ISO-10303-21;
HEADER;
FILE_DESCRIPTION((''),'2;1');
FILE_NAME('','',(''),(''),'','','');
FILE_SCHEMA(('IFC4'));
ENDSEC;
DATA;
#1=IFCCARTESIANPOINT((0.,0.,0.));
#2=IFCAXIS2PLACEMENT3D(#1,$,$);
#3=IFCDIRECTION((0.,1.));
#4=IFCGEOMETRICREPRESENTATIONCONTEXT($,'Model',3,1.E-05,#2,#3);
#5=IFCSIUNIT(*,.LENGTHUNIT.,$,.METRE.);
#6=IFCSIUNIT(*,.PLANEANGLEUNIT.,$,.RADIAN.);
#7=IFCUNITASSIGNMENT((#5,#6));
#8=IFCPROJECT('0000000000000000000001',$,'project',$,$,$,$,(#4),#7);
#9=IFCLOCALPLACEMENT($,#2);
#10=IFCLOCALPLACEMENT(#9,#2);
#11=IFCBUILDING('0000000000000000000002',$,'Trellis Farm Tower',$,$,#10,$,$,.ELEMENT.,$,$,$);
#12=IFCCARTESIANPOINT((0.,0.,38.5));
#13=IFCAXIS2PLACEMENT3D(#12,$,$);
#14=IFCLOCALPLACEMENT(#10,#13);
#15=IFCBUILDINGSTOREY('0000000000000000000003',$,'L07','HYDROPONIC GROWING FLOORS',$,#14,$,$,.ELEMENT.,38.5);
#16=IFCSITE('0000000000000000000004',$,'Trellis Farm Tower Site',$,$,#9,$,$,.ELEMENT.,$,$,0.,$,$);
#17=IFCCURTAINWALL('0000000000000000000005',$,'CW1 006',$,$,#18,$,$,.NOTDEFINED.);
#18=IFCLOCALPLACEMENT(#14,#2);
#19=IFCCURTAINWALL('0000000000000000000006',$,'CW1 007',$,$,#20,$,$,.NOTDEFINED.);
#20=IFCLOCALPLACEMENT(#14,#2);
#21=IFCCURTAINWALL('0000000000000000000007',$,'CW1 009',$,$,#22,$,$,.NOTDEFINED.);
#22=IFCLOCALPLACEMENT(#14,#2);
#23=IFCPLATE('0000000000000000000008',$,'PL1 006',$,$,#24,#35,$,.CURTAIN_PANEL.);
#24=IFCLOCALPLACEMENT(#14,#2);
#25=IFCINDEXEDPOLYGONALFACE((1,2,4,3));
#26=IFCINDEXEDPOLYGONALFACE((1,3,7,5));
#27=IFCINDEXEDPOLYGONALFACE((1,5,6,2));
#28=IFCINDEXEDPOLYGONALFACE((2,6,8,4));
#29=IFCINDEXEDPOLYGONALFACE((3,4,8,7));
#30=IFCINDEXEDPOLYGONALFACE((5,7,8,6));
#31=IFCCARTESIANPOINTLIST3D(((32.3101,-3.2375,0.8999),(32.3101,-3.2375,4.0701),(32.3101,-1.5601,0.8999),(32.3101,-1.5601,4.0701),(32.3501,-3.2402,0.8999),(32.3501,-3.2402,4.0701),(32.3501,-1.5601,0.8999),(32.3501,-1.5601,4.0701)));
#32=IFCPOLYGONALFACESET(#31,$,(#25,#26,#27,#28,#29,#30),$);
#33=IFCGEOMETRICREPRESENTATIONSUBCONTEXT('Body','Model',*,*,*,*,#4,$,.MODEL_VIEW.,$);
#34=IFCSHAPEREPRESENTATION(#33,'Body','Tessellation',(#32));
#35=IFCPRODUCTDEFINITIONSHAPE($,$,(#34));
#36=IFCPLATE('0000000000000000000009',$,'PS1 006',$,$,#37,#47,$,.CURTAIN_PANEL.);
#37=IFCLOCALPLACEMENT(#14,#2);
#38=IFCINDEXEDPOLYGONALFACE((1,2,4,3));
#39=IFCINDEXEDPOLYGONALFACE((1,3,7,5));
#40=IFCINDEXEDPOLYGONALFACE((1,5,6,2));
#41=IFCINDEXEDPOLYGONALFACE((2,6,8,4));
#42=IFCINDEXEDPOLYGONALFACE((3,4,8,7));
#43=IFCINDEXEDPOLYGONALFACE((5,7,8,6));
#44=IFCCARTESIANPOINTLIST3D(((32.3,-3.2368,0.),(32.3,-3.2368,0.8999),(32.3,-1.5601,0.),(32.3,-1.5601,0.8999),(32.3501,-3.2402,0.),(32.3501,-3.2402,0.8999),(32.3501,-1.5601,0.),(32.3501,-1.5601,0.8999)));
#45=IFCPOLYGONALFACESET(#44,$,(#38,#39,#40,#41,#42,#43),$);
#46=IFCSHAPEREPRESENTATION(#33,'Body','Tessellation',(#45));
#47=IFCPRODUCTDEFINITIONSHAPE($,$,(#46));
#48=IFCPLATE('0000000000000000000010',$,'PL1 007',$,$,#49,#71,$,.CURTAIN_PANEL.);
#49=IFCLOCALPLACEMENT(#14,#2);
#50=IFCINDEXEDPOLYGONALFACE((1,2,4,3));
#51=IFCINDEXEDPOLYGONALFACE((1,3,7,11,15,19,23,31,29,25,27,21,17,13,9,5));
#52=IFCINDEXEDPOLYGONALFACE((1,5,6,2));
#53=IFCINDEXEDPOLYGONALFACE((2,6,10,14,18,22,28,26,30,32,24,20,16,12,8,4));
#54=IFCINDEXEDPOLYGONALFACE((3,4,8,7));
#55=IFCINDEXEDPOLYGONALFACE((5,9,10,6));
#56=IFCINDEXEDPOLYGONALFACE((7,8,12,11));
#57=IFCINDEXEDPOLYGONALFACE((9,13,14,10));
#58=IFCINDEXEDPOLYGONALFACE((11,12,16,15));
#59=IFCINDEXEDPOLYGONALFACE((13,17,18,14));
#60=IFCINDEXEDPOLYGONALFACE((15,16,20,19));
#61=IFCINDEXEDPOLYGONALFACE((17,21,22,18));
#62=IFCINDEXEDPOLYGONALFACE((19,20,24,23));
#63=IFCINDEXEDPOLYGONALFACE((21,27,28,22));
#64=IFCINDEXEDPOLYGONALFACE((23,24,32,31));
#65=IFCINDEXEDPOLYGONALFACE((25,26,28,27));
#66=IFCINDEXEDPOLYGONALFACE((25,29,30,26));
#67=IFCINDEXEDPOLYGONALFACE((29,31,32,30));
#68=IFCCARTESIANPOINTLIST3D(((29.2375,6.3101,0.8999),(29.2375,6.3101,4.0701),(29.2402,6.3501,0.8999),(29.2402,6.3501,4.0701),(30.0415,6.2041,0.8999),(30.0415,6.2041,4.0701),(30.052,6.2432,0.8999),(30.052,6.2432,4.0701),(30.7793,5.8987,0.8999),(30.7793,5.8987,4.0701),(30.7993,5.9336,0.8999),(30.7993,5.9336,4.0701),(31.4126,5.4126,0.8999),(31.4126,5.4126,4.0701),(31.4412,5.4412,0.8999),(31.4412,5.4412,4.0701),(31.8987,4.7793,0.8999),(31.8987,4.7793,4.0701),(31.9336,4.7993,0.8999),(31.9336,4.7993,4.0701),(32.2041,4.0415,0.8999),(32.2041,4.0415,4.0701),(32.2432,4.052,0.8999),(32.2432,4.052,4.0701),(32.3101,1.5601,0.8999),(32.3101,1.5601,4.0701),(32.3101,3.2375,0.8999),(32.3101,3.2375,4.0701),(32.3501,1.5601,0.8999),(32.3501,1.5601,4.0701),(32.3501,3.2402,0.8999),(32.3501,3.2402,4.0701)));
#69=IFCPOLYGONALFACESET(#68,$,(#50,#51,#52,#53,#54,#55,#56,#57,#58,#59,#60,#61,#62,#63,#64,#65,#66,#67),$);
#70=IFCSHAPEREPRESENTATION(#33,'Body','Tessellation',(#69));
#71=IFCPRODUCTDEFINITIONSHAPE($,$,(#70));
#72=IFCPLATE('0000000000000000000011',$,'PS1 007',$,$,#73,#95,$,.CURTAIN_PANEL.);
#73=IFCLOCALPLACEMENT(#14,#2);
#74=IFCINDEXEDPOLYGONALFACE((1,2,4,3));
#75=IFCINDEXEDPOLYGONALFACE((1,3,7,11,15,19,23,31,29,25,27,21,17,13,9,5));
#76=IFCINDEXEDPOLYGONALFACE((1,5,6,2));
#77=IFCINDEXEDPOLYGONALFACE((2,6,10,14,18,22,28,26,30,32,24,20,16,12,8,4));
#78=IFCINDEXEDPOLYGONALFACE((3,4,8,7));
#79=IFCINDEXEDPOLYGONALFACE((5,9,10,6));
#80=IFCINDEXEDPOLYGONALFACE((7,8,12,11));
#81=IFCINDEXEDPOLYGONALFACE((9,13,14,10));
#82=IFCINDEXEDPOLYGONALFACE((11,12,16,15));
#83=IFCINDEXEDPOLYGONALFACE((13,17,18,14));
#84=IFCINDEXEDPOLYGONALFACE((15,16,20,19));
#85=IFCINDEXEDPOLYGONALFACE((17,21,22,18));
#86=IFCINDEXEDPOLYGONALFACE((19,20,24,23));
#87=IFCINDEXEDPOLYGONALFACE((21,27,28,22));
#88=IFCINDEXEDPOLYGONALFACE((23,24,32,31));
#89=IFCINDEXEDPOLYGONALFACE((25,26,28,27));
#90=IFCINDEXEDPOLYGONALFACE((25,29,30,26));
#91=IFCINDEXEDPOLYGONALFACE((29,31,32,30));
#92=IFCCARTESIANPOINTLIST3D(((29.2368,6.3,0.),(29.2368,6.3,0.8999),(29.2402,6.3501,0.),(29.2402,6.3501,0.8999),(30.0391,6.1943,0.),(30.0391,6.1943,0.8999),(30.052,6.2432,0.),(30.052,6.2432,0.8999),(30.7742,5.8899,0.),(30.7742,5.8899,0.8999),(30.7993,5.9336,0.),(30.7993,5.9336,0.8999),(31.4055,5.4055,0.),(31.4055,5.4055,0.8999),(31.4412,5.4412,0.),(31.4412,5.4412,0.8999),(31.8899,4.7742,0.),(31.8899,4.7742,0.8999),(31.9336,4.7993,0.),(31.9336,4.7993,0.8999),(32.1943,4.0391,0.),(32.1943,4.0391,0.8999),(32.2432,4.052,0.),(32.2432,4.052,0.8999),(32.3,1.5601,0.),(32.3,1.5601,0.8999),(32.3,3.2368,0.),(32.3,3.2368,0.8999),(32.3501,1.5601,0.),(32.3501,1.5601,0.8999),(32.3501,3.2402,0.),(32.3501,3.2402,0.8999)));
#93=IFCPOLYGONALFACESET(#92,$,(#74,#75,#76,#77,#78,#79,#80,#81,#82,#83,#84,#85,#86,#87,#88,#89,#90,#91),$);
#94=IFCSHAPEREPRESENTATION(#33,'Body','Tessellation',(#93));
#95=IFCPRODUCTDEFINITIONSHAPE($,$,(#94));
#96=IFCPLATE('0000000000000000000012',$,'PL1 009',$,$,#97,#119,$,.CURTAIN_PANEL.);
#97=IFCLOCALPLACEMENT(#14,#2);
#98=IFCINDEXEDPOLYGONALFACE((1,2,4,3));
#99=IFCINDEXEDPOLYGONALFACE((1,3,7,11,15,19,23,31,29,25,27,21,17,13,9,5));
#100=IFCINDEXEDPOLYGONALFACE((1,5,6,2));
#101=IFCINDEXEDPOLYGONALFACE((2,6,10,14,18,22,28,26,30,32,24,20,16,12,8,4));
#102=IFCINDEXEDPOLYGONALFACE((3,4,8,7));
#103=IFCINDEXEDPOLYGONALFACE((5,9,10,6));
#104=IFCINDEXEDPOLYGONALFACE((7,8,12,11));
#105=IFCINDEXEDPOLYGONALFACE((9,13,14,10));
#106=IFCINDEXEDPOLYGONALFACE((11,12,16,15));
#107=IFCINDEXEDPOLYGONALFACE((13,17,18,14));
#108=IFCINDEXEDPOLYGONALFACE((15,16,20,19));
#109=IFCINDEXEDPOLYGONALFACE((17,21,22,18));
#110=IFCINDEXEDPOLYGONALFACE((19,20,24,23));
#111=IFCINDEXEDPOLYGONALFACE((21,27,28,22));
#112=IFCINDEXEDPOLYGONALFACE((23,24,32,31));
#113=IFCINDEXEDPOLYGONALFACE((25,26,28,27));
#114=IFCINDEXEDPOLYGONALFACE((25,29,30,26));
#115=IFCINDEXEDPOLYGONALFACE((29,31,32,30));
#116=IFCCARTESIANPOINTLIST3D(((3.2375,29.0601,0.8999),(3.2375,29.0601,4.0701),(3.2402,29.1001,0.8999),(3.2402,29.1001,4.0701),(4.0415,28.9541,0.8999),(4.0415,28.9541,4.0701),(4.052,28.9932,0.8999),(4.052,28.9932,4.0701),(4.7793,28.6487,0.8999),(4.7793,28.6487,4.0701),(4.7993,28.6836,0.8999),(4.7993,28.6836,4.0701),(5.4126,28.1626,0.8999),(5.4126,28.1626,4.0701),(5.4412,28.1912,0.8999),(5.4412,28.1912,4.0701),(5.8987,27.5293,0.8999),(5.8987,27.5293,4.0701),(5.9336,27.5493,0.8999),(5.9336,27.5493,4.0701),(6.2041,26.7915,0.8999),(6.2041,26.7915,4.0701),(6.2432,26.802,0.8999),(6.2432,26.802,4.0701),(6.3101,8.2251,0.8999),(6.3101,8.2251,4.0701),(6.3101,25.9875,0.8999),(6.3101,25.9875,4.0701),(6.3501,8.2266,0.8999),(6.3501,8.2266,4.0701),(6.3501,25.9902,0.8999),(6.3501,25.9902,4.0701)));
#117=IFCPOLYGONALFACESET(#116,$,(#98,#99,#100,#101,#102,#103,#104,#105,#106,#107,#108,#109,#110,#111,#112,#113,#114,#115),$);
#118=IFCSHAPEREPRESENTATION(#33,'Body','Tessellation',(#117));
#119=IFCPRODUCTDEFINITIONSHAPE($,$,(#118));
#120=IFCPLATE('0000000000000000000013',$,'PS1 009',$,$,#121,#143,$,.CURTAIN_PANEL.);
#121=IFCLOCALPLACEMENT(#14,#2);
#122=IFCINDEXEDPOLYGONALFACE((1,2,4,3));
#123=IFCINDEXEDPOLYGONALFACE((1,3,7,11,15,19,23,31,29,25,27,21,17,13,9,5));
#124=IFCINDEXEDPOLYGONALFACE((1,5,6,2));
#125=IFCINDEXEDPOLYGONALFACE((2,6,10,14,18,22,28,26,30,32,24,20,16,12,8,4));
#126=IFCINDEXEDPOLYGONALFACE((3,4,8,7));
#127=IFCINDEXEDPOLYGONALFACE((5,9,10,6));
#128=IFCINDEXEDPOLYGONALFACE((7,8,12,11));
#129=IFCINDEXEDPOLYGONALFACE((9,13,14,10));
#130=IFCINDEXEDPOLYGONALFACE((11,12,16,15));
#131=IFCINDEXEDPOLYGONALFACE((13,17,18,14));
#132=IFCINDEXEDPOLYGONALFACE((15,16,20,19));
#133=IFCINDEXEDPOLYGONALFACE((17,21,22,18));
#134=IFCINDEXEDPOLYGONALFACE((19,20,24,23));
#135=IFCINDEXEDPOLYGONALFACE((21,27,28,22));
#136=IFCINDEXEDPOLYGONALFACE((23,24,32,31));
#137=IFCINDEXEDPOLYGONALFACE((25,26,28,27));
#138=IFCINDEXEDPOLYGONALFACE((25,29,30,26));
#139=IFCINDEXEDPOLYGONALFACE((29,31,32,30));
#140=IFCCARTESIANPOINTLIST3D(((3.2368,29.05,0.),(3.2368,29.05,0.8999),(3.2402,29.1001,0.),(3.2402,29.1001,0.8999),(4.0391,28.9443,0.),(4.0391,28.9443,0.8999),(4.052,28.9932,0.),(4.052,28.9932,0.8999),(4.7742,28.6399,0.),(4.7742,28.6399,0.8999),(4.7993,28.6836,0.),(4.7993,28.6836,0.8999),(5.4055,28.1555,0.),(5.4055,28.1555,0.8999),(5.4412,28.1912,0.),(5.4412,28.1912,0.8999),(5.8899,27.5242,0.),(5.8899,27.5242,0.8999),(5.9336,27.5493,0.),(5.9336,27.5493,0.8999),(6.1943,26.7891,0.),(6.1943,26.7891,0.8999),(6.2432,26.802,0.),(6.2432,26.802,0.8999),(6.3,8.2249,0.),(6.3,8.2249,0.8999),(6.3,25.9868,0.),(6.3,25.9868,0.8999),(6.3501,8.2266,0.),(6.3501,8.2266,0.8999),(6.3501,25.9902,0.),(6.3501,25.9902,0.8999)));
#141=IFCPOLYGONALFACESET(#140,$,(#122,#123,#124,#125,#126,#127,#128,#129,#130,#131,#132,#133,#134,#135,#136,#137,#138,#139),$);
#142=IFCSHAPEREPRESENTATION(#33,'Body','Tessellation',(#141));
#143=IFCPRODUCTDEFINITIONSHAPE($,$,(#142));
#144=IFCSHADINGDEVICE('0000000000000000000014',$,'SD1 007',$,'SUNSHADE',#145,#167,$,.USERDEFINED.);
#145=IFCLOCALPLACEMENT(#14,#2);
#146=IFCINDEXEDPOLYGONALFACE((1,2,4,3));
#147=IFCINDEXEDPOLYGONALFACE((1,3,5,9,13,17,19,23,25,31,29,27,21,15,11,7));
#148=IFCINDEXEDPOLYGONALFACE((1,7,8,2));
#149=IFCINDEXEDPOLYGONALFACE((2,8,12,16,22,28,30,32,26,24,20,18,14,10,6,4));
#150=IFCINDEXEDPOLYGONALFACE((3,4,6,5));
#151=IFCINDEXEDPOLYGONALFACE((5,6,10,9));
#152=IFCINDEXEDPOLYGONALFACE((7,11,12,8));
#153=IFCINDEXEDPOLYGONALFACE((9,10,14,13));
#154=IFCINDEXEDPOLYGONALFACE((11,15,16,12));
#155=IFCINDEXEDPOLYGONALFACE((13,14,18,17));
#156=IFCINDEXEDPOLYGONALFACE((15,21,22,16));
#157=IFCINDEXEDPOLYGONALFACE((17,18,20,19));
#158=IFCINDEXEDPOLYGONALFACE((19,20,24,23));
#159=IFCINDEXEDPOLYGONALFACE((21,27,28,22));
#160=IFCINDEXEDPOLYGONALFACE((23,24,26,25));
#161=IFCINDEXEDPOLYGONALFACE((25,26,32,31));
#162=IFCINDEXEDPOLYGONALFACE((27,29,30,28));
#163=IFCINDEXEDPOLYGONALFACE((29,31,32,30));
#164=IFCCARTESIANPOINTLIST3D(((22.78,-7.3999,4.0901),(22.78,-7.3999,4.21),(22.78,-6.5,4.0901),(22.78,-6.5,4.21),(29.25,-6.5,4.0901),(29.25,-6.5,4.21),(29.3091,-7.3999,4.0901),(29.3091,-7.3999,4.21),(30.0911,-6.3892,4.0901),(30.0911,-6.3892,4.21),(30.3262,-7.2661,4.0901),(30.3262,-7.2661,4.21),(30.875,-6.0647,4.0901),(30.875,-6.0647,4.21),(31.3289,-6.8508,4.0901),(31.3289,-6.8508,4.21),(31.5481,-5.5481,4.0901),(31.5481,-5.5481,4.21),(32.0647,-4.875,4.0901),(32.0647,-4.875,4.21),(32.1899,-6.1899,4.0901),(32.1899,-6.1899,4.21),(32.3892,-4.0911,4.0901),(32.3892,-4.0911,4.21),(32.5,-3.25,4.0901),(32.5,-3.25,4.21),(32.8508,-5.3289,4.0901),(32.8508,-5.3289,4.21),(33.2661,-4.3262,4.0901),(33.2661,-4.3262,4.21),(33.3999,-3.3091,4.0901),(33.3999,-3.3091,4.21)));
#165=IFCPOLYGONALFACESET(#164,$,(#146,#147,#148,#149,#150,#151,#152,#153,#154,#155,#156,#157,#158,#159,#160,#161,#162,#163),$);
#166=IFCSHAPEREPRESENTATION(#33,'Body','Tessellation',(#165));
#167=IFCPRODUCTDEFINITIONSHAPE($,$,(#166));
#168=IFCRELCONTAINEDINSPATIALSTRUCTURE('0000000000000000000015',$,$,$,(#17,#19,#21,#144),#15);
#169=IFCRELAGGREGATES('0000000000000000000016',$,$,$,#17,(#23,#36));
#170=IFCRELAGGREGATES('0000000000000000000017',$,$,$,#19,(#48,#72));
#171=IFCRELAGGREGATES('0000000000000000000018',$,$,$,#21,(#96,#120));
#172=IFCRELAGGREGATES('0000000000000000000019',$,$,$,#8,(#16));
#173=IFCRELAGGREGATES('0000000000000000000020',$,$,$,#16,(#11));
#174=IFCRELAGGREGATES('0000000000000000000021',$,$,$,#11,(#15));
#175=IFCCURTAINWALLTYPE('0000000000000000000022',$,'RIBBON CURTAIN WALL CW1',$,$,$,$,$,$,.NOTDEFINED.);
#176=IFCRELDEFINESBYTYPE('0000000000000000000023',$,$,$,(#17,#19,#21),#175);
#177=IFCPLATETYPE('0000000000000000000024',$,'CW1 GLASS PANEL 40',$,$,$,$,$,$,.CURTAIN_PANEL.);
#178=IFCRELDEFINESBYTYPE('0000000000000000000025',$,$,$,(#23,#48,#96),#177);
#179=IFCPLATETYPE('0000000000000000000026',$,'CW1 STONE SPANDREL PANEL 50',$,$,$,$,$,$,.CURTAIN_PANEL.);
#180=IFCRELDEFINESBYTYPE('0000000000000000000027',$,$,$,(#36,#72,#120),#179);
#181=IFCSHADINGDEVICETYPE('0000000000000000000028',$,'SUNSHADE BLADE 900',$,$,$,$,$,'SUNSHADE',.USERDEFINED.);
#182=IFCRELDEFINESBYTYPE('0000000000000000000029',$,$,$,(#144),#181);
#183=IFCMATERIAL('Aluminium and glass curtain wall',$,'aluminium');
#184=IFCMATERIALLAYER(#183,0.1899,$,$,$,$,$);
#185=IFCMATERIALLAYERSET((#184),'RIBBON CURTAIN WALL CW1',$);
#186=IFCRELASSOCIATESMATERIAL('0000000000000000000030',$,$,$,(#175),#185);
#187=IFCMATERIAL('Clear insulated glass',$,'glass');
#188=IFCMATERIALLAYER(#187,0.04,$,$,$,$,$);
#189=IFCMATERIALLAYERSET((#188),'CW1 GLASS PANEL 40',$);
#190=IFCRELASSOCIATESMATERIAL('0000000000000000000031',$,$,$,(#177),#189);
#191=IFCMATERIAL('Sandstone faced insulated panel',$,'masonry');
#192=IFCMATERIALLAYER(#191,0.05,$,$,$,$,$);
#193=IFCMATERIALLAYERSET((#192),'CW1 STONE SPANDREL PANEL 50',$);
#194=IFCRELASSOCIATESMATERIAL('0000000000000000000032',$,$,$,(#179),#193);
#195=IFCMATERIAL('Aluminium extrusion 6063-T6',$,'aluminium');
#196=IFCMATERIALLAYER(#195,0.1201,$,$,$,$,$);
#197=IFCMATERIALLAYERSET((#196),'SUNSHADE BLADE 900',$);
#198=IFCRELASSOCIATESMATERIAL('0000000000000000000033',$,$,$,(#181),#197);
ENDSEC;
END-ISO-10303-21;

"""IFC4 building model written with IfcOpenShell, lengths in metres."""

from ifc_helpers import new_model, si_unit, direction, frame, origin, place, context, subcontext, project, spatial, polyline, outline, extrude, source, transform, mapped, material, layer, layer_set, type_object, element, aggregate, save


model = new_model("IFC4")

# Units and contexts
model_context = context("Model", 3, precision=1e-05, world=origin(), true_north=direction((0.0, 1.0)))
body_context = subcontext(model_context, "Body", "Model", "MODEL_VIEW")
ifc_project = project(units=[si_unit("LENGTHUNIT", "METRE"), si_unit("PLANEANGLEUNIT", "RADIAN")], contexts=[model_context])

# Site, building, storey
site_placement = place(None, origin())
site = spatial("IfcSite", under=ifc_project, at=site_placement, Name="Trellis Farm Tower Site", CompositionType="ELEMENT", RefElevation=0.0)
building_placement = place(site_placement, origin())
building = spatial("IfcBuilding", under=site, at=building_placement, Name="Trellis Farm Tower", CompositionType="ELEMENT")
storey_placement = place(building_placement, frame((0.0, 0.0, 38.5)))
storey = spatial("IfcBuildingStorey", under=building, at=storey_placement, Name="L07", Description="HYDROPONIC GROWING FLOORS", CompositionType="ELEMENT", Elevation=38.5)

# Curtain walls
ifc_material_1 = material(Name="Aluminium and glass curtain wall", Category="aluminium")
ifc_layer_1 = layer(ifc_material_1, 0.1899)
ifc_layer_set_1 = layer_set([ifc_layer_1], Name="RIBBON CURTAIN WALL CW1")
curtain_wall_type_1 = type_object("IfcCurtainWallType", Name="RIBBON CURTAIN WALL CW1", PredefinedType="NOTDEFINED", material=ifc_layer_set_1)
placement_1 = place(storey_placement, origin())
ifc_material_2 = material(Name="Aluminium extrusion 6063-T6", Category="aluminium")
curtain_wall_1 = element("IfcCurtainWall", 1, at=placement_1, inside=storey, type_object=curtain_wall_type_1, Name="CW1 006", PredefinedType="NOTDEFINED")
curtain_wall_2 = element("IfcCurtainWall", 2, at=placement_1, inside=storey, type_object=curtain_wall_type_1, Name="CW1 007", PredefinedType="NOTDEFINED")
curtain_wall_3 = element("IfcCurtainWall", 3, at=placement_1, inside=storey, type_object=curtain_wall_type_1, Name="CW1 009", PredefinedType="NOTDEFINED")

# Plates
ifc_material_3 = material(Name="Clear insulated glass", Category="glass")
ifc_layer_2 = layer(ifc_material_3, 0.04)
ifc_layer_set_2 = layer_set([ifc_layer_2], Name="CW1 GLASS PANEL 40")
plate_type_1 = type_object("IfcPlateType", Name="CW1 GLASS PANEL 40", PredefinedType="CURTAIN_PANEL", material=ifc_layer_set_2)
placement_2 = place(storey_placement, frame((0.0, 0.0, 0.8999)))
ifc_material_4 = material(Name="Sandstone faced insulated panel", Category="masonry")
ifc_layer_3 = layer(ifc_material_4, 0.05)
ifc_layer_set_3 = layer_set([ifc_layer_3], Name="CW1 STONE SPANDREL PANEL 50")
plate_type_2 = type_object("IfcPlateType", Name="CW1 STONE SPANDREL PANEL 50", PredefinedType="CURTAIN_PANEL", material=ifc_layer_set_3)
shared_shape_1 = source(origin(), body_context, "Body", "SweptSolid", [
    extrude(outline(polyline([(32.3501, -3.2402), (32.3501, -1.5601), (32.3101, -1.5601), (32.3101, -3.2375), (32.3501, -3.2402)])), origin(), (0.0, 0.0, 1.0), 3.1702),
])
plate_1 = element("IfcPlate", 4, at=placement_2, type_object=plate_type_1, Name="PL1 006", PredefinedType="CURTAIN_PANEL", context=body_context, shape_type="MappedRepresentation", body=[
    mapped(shared_shape_1, transform((0.0, 0.0, 0.0))),
])
shared_shape_2 = source(origin(), body_context, "Body", "SweptSolid", [
    extrude(outline(polyline([(32.3501, -3.2402), (32.3501, -1.5601), (32.3, -1.5601), (32.3, -3.2368), (32.3501, -3.2402)])), origin(), (0.0, 0.0, 1.0), 0.8999),
])
plate_2 = element("IfcPlate", 5, at=placement_1, type_object=plate_type_2, Name="PS1 006", PredefinedType="CURTAIN_PANEL", context=body_context, shape_type="MappedRepresentation", body=[
    mapped(shared_shape_2, transform((0.0, 0.0, 0.0))),
])
aggregate(curtain_wall_1, [plate_1, plate_2])
shared_shape_3 = source(origin(), body_context, "Body", "SweptSolid", [
    extrude(outline(polyline([(32.3501, 1.5601), (32.3501, 3.2402), (32.2432, 4.052), (31.9336, 4.7993), (31.4412, 5.4412), (30.7993, 5.9336), (30.052, 6.2432), (29.2402, 6.3501), (29.2375, 6.3101), (30.0415, 6.2041), (30.7793, 5.8987), (31.4126, 5.4126), (31.8987, 4.7793), (32.2041, 4.0415), (32.3101, 3.2375), (32.3101, 1.5601), (32.3501, 1.5601)])), origin(), (0.0, 0.0, 1.0), 3.1702),
])
plate_3 = element("IfcPlate", 6, at=placement_2, type_object=plate_type_1, Name="PL1 007", PredefinedType="CURTAIN_PANEL", context=body_context, shape_type="MappedRepresentation", body=[
    mapped(shared_shape_3, transform((0.0, 0.0, 0.0))),
])
shared_shape_4 = source(origin(), body_context, "Body", "SweptSolid", [
    extrude(outline(polyline([(32.3501, 1.5601), (32.3501, 3.2402), (32.2432, 4.052), (31.9336, 4.7993), (31.4412, 5.4412), (30.7993, 5.9336), (30.052, 6.2432), (29.2402, 6.3501), (29.2368, 6.3), (30.0391, 6.1943), (30.7742, 5.8899), (31.4055, 5.4055), (31.8899, 4.7742), (32.1943, 4.0391), (32.3, 3.2368), (32.3, 1.5601), (32.3501, 1.5601)])), origin(), (0.0, 0.0, 1.0), 0.8999),
])
plate_4 = element("IfcPlate", 7, at=placement_1, type_object=plate_type_2, Name="PS1 007", PredefinedType="CURTAIN_PANEL", context=body_context, shape_type="MappedRepresentation", body=[
    mapped(shared_shape_4, transform((0.0, 0.0, 0.0))),
])
aggregate(curtain_wall_2, [plate_3, plate_4])
shared_shape_5 = source(origin(), body_context, "Body", "SweptSolid", [
    extrude(outline(polyline([(6.3501, 8.2266), (6.3501, 25.9902), (6.2432, 26.802), (5.9336, 27.5493), (5.4412, 28.1912), (4.7993, 28.6836), (4.052, 28.9932), (3.2402, 29.1001), (3.2375, 29.0601), (4.0415, 28.9541), (4.7793, 28.6487), (5.4126, 28.1626), (5.8987, 27.5293), (6.2041, 26.7915), (6.3101, 25.9875), (6.3101, 8.2251), (6.3501, 8.2266)])), origin(), (0.0, 0.0, 1.0), 3.1702),
])
plate_5 = element("IfcPlate", 8, at=placement_2, type_object=plate_type_1, Name="PL1 009", PredefinedType="CURTAIN_PANEL", context=body_context, shape_type="MappedRepresentation", body=[
    mapped(shared_shape_5, transform((0.0, 0.0, 0.0))),
])
shared_shape_6 = source(origin(), body_context, "Body", "SweptSolid", [
    extrude(outline(polyline([(6.3501, 8.2266), (6.3501, 25.9902), (6.2432, 26.802), (5.9336, 27.5493), (5.4412, 28.1912), (4.7993, 28.6836), (4.052, 28.9932), (3.2402, 29.1001), (3.2368, 29.05), (4.0391, 28.9443), (4.7742, 28.6399), (5.4055, 28.1555), (5.8899, 27.5242), (6.1943, 26.7891), (6.3, 25.9868), (6.3, 8.2249), (6.3501, 8.2266)])), origin(), (0.0, 0.0, 1.0), 0.8999),
])
plate_6 = element("IfcPlate", 9, at=placement_1, type_object=plate_type_2, Name="PS1 009", PredefinedType="CURTAIN_PANEL", context=body_context, shape_type="MappedRepresentation", body=[
    mapped(shared_shape_6, transform((0.0, 0.0, 0.0))),
])
aggregate(curtain_wall_3, [plate_5, plate_6])

# Shading device
ifc_layer_4 = layer(ifc_material_2, 0.1201)
ifc_layer_set_4 = layer_set([ifc_layer_4], Name="SUNSHADE BLADE 900")
shading_device_type_1 = type_object("IfcShadingDeviceType", Name="SUNSHADE BLADE 900", ElementType="SUNSHADE", PredefinedType="USERDEFINED", material=ifc_layer_set_4)
shared_shape_7 = source(origin(), body_context, "Body", "SweptSolid", [
    extrude(outline(polyline([(22.78, -7.3999), (29.3091, -7.3999), (30.3262, -7.2661), (31.3289, -6.8508), (32.1899, -6.1899), (32.8508, -5.3289), (33.2661, -4.3262), (33.3999, -3.3091), (32.5, -3.25), (32.3892, -4.0911), (32.0647, -4.875), (31.5481, -5.5481), (30.875, -6.0647), (30.0911, -6.3892), (29.25, -6.5), (22.78, -6.5), (22.78, -7.3999)])), origin(), (0.0, 0.0, 1.0), 0.1199),
])
placement_3 = place(storey_placement, frame((0.0, 0.0, 4.0901)))
element("IfcShadingDevice", 10, at=placement_3, inside=storey, type_object=shading_device_type_1, Name="SD1 007", ObjectType="SUNSHADE", PredefinedType="USERDEFINED", context=body_context, shape_type="MappedRepresentation", body=[
    mapped(shared_shape_7, transform((0.0, 0.0, 0.0))),
])

save(model, "model.ifc")
